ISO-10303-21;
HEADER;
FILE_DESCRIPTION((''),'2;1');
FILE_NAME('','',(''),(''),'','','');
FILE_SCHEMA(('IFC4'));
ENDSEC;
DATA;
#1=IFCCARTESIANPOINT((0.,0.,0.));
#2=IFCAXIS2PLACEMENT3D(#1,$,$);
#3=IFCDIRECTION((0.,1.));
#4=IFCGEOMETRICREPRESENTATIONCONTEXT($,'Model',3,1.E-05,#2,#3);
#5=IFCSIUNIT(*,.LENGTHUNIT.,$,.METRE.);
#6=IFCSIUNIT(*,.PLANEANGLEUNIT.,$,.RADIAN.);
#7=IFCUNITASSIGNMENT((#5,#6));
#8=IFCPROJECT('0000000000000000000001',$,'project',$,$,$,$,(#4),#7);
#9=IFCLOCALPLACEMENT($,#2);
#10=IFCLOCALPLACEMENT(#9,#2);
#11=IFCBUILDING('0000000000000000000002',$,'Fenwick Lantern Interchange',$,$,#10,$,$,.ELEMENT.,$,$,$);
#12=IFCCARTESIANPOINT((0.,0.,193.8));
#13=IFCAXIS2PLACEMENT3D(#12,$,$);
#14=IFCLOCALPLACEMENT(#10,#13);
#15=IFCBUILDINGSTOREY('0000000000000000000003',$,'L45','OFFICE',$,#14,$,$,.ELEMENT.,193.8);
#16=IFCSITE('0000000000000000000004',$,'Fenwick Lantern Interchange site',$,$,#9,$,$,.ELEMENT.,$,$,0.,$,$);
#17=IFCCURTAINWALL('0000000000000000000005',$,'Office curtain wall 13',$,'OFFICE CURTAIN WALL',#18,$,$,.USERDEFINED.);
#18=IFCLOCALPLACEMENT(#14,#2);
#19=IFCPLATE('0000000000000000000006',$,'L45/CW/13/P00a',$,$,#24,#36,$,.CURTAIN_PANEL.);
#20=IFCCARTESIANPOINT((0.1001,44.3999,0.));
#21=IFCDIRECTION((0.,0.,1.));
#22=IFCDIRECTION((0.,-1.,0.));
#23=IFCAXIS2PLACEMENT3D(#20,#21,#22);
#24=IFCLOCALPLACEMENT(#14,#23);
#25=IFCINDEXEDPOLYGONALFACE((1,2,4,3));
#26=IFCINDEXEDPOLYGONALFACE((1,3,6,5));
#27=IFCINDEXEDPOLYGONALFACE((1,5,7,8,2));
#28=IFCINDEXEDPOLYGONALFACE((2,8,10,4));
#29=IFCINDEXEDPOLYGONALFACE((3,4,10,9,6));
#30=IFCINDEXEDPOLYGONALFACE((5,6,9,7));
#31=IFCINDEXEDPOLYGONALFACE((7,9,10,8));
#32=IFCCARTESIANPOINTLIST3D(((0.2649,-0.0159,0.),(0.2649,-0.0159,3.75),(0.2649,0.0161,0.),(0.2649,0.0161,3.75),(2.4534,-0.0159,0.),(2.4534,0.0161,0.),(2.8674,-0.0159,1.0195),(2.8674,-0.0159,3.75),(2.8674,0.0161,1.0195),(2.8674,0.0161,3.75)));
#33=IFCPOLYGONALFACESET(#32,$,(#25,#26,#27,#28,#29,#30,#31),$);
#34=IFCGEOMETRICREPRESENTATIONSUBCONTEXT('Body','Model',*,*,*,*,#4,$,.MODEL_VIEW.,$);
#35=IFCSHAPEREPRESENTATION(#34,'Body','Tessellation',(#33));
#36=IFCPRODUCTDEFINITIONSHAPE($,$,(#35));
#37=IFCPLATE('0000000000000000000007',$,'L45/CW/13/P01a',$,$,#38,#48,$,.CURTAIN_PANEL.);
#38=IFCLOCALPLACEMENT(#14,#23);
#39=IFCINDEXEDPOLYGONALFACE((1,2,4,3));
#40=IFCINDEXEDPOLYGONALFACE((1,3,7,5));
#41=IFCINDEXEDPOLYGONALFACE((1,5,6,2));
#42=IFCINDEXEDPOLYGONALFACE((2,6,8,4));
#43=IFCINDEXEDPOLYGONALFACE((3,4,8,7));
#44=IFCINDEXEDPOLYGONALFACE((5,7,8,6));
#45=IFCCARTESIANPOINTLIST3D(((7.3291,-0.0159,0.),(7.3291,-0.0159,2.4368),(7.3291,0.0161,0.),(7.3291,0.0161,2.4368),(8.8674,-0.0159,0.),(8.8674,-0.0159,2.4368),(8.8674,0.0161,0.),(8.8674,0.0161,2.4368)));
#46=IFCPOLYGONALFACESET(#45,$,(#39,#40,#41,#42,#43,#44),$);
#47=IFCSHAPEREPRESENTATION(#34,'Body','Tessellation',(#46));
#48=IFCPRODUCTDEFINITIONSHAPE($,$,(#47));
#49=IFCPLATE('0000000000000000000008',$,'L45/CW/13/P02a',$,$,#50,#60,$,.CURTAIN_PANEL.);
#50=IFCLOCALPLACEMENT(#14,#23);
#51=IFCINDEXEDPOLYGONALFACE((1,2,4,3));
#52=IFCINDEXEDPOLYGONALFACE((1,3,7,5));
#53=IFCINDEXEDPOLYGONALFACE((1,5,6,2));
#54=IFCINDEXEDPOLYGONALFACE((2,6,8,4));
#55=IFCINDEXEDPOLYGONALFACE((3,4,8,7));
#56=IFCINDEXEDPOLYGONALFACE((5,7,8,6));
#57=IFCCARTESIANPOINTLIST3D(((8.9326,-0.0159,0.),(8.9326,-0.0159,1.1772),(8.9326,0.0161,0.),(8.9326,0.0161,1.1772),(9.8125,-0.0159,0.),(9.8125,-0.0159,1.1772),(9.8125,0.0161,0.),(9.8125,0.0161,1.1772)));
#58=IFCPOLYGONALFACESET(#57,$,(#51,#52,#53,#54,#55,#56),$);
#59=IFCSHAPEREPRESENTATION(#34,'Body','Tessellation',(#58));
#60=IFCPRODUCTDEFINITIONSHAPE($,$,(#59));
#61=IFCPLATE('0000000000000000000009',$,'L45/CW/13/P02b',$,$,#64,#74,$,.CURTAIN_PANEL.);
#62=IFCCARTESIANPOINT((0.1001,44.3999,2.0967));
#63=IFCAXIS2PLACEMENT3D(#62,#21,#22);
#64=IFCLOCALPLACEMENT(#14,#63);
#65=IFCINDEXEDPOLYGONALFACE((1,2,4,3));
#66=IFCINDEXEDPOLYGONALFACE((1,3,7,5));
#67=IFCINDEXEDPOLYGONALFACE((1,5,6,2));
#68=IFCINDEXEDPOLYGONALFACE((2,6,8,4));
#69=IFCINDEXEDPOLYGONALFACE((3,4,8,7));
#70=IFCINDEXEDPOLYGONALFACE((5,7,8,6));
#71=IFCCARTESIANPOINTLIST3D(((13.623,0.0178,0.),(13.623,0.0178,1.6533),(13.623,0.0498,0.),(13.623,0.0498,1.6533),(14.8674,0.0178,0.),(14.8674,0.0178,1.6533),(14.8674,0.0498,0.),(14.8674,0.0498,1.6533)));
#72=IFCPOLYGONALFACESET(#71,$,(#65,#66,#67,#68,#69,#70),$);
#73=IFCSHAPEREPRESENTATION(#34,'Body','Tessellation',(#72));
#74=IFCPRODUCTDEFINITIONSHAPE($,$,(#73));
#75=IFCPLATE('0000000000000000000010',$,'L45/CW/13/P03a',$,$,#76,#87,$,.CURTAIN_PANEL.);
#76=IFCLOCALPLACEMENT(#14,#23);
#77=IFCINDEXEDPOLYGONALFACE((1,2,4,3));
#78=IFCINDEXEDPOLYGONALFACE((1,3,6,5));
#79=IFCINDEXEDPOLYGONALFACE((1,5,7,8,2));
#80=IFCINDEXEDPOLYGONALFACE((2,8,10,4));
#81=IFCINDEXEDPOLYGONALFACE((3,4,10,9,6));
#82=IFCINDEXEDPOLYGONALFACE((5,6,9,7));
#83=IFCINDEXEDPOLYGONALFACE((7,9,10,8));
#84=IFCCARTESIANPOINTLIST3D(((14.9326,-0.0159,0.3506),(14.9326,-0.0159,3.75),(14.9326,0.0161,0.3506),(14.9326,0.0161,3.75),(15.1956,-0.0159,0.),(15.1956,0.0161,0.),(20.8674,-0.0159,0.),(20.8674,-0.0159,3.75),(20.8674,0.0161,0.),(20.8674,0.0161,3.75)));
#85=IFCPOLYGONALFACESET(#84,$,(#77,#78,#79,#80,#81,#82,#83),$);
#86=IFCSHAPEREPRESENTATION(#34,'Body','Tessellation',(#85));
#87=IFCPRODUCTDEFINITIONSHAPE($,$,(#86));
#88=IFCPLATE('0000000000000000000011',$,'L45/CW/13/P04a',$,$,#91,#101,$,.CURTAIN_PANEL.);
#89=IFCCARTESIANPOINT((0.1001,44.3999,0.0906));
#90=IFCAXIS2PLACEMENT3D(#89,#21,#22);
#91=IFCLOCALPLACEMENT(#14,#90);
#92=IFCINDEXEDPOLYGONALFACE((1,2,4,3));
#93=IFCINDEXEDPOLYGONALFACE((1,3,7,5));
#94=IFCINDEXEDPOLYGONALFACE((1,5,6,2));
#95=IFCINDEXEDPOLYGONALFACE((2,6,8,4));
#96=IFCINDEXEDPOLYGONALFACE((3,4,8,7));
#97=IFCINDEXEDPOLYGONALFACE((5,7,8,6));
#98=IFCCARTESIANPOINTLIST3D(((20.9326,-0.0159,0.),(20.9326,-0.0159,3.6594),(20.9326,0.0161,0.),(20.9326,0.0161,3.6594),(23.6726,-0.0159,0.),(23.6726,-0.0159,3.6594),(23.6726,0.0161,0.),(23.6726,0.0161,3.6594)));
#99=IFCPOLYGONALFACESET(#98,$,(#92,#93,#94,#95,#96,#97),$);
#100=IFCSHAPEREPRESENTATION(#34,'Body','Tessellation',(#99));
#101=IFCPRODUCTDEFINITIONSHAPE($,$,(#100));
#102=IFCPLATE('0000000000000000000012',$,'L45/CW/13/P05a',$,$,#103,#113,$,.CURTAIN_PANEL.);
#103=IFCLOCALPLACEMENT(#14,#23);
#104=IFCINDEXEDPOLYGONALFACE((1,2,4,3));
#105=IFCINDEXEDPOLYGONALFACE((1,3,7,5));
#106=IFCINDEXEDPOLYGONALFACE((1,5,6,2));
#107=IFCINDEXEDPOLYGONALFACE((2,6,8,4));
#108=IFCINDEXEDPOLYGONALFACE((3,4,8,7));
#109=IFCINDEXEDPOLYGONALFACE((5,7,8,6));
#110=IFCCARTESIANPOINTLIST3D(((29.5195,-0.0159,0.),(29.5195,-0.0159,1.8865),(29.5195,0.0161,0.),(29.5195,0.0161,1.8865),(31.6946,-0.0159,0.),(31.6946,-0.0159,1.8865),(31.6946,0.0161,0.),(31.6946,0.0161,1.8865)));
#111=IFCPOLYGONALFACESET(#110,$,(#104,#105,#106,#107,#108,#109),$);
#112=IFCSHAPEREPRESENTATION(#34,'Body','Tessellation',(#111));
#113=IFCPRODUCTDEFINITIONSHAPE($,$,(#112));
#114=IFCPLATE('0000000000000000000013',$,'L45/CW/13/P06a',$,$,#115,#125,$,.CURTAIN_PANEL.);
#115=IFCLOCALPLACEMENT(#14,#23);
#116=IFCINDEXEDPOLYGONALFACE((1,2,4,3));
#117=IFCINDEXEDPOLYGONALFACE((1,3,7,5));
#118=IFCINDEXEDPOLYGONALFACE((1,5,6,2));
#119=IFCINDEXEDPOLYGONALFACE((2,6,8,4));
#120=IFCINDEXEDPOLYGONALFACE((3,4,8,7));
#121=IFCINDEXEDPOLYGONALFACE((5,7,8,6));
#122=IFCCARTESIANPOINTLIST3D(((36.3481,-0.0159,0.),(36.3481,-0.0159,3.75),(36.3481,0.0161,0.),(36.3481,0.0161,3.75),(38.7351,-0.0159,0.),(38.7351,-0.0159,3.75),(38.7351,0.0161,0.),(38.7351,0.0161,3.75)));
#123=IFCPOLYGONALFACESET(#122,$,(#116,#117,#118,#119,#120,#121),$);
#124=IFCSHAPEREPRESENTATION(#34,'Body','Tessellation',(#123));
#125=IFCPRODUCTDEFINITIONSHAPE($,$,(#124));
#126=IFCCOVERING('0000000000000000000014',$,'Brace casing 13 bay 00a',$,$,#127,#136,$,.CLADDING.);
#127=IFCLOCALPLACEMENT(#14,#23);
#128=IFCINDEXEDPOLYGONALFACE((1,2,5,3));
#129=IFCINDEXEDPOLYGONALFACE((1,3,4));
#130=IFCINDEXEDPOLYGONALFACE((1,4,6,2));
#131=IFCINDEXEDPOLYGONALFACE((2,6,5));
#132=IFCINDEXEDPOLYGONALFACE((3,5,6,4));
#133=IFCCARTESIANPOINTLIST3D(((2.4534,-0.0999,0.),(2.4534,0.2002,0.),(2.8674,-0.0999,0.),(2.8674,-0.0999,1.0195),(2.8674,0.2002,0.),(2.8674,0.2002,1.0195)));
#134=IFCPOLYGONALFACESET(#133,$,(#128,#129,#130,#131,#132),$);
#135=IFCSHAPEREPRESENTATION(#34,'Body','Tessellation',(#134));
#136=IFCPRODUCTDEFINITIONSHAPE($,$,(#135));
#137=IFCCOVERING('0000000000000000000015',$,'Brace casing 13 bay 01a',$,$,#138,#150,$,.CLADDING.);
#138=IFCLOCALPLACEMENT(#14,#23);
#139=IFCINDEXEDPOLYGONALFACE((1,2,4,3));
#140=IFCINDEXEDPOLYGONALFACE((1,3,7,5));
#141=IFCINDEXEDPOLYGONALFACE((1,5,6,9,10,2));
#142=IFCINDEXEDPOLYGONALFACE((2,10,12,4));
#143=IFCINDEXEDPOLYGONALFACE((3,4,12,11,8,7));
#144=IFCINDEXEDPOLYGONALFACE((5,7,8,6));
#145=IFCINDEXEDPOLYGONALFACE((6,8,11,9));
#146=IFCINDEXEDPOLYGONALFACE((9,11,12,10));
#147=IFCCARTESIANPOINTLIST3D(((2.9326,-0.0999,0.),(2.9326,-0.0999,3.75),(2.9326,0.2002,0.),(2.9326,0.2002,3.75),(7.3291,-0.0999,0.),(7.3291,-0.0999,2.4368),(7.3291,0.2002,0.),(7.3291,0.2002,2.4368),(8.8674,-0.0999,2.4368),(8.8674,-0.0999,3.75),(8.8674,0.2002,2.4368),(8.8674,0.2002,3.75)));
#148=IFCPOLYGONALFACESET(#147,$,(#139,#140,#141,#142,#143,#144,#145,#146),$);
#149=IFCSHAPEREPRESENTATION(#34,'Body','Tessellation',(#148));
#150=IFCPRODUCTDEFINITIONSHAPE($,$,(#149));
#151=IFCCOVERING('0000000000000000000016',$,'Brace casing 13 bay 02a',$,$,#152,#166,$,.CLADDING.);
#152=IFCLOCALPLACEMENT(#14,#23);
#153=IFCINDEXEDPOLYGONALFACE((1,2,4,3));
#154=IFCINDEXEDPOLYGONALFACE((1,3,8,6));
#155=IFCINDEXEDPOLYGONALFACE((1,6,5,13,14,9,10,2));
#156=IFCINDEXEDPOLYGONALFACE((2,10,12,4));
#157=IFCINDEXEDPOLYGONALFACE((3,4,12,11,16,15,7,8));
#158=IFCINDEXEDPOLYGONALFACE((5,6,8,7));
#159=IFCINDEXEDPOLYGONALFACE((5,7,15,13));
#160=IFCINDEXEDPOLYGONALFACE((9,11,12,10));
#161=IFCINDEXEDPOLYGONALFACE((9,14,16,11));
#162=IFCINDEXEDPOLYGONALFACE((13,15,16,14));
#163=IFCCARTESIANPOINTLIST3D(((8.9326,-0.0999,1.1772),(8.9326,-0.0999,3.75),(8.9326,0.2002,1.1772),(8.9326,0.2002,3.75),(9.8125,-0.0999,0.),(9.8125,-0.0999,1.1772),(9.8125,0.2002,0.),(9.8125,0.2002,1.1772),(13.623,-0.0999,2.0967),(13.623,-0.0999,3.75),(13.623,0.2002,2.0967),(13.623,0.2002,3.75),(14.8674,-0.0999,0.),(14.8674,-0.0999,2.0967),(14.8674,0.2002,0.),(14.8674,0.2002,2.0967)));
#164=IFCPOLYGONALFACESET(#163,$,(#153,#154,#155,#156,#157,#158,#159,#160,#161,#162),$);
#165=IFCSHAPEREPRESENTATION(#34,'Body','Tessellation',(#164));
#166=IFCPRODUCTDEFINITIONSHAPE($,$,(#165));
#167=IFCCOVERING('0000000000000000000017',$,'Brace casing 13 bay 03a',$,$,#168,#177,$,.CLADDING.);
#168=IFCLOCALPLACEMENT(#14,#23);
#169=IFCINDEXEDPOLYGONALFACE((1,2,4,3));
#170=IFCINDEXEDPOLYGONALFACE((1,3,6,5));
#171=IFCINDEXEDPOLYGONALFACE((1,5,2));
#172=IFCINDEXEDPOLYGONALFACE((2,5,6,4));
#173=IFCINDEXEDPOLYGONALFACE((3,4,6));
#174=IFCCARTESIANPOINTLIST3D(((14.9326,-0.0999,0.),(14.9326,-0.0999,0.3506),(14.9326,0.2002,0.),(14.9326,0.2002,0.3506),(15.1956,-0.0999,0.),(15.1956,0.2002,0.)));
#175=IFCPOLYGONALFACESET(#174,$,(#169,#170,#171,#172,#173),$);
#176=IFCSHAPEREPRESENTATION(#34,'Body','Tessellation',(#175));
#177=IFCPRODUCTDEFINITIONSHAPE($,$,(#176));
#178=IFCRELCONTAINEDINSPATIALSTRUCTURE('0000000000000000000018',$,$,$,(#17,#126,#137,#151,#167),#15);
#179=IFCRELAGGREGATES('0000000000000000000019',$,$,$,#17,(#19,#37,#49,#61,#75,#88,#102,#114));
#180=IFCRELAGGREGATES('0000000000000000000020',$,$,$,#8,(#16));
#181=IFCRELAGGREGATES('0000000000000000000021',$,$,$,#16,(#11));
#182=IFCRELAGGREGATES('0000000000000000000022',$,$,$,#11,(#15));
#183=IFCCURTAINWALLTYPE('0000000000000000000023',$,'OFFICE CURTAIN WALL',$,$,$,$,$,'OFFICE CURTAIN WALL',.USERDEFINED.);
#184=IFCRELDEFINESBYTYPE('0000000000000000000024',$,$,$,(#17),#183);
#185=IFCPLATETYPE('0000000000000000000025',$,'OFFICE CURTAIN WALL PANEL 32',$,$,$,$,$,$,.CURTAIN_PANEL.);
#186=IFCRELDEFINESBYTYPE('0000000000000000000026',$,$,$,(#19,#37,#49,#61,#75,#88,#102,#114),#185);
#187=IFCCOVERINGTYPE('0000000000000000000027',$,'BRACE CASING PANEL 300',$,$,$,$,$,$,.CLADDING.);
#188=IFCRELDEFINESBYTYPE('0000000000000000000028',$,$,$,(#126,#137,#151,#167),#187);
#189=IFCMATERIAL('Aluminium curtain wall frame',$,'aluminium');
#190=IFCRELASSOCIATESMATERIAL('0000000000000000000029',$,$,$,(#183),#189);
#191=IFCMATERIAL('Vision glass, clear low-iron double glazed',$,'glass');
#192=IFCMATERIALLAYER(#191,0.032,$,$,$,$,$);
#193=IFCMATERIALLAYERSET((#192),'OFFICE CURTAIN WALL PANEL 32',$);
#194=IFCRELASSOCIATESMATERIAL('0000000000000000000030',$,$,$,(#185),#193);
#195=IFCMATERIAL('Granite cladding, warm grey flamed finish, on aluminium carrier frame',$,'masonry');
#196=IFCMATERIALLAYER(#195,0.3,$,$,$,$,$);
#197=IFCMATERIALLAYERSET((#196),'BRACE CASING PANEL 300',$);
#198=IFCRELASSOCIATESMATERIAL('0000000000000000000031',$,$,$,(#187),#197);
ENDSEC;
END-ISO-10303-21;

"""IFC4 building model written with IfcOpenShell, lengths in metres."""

from ifc_helpers import new_model, si_unit, direction, frame, origin, place, context, subcontext, project, spatial, polyline, outline, extrude, material, layer, layer_set, type_object, element, aggregate, save


model = new_model("IFC4")

# Units and contexts
model_context = context("Model", 3, precision=1e-05, world=origin(), true_north=direction((0.0, 1.0)))
body_context = subcontext(model_context, "Body", "Model", "MODEL_VIEW")
ifc_project = project(units=[si_unit("LENGTHUNIT", "METRE"), si_unit("PLANEANGLEUNIT", "RADIAN")], contexts=[model_context])

# Site, building, storey
site_placement = place(None, origin())
site = spatial("IfcSite", under=ifc_project, at=site_placement, Name="Fenwick Lantern Interchange site", CompositionType="ELEMENT", RefElevation=0.0)
building_placement = place(site_placement, origin())
building = spatial("IfcBuilding", under=site, at=building_placement, Name="Fenwick Lantern Interchange", CompositionType="ELEMENT")
storey_placement = place(building_placement, frame((0.0, 0.0, 193.8)))
storey = spatial("IfcBuildingStorey", under=building, at=storey_placement, Name="L45", Description="OFFICE", CompositionType="ELEMENT", Elevation=193.8)

# Shared definitions
ifc_material_1 = material(Name="Aluminium curtain wall frame", Category="aluminium")
curtain_wall_type = type_object("IfcCurtainWallType", Name="OFFICE CURTAIN WALL", ElementType="OFFICE CURTAIN WALL", PredefinedType="USERDEFINED", material=ifc_material_1)

# Curtain wall
curtain_wall_1_placement = place(storey_placement, origin())
curtain_wall_1 = element("IfcCurtainWall", 1, at=curtain_wall_1_placement, inside=storey, type_object=curtain_wall_type, Name="Office curtain wall 13", ObjectType="OFFICE CURTAIN WALL", PredefinedType="USERDEFINED")

# Plates
ifc_material_2 = material(Name="Vision glass, clear low-iron double glazed", Category="glass")
ifc_layer_1 = layer(ifc_material_2, 0.032)
ifc_layer_set_1 = layer_set([ifc_layer_1], Name="OFFICE CURTAIN WALL PANEL 32")
plate_type = type_object("IfcPlateType", Name="OFFICE CURTAIN WALL PANEL 32", PredefinedType="CURTAIN_PANEL", material=ifc_layer_set_1)
plate_1_placement = place(storey_placement, frame((0.1001, 44.3999, 0.0), z_axis=(0.0, 0.0, 1.0), x_axis=(0.0, -1.0, 0.0)))
plate_1 = element("IfcPlate", 2, at=plate_1_placement, type_object=plate_type, Name="L45/CW/13/P00a", PredefinedType="CURTAIN_PANEL", context=body_context, shape_type="SweptSolid", body=[
    extrude(outline(polyline([(0.2649, 0.0), (2.4534, 0.0), (2.8674, 1.0195), (2.8674, 3.75), (0.2649, 3.75), (0.2649, 0.0)])), frame((0.0, 0.0161, 0.0), z_axis=(0.0, -1.0, 0.0), x_axis=(1.0, 0.0, 0.0)), (0.0, 0.0, 1.0), 0.032),
])
plate_2_placement = place(storey_placement, frame((0.1001, 44.3999, 0.0), z_axis=(0.0, 0.0, 1.0), x_axis=(0.0, -1.0, 0.0)))
plate_2 = element("IfcPlate", 3, at=plate_2_placement, type_object=plate_type, Name="L45/CW/13/P01a", PredefinedType="CURTAIN_PANEL", context=body_context, shape_type="SweptSolid", body=[
    extrude(outline(polyline([(7.3291, 0.0), (8.8674, 0.0), (8.8674, 2.4368), (7.3291, 2.4368), (7.3291, 0.0)])), frame((0.0, 0.0161, 0.0), z_axis=(0.0, -1.0, 0.0), x_axis=(1.0, 0.0, 0.0)), (0.0, 0.0, 1.0), 0.032),
])
plate_3_placement = place(storey_placement, frame((0.1001, 44.3999, 0.0), z_axis=(0.0, 0.0, 1.0), x_axis=(0.0, -1.0, 0.0)))
plate_3 = element("IfcPlate", 4, at=plate_3_placement, type_object=plate_type, Name="L45/CW/13/P02a", PredefinedType="CURTAIN_PANEL", context=body_context, shape_type="SweptSolid", body=[
    extrude(outline(polyline([(8.9326, 0.0), (9.8125, 0.0), (9.8125, 1.1772), (8.9326, 1.1772), (8.9326, 0.0)])), frame((0.0, 0.0161, 0.0), z_axis=(0.0, -1.0, 0.0), x_axis=(1.0, 0.0, 0.0)), (0.0, 0.0, 1.0), 0.032),
])
plate_4_placement = place(storey_placement, frame((0.1001, 44.3999, 2.0967), z_axis=(0.0, 0.0, 1.0), x_axis=(0.0, -1.0, 0.0)))
plate_4 = element("IfcPlate", 5, at=plate_4_placement, type_object=plate_type, Name="L45/CW/13/P02b", PredefinedType="CURTAIN_PANEL", context=body_context, shape_type="SweptSolid", body=[
    extrude(outline(polyline([(13.623, 0.0), (14.8674, 0.0), (14.8674, 1.6533), (13.623, 1.6533), (13.623, 0.0)])), frame((0.0, 0.0498, 0.0), z_axis=(0.0, -1.0, 0.0), x_axis=(1.0, 0.0, 0.0)), (0.0, 0.0, 1.0), 0.032),
])
plate_5_placement = place(storey_placement, frame((0.1001, 44.3999, 0.0), z_axis=(0.0, 0.0, 1.0), x_axis=(0.0, -1.0, 0.0)))
plate_5 = element("IfcPlate", 6, at=plate_5_placement, type_object=plate_type, Name="L45/CW/13/P03a", PredefinedType="CURTAIN_PANEL", context=body_context, shape_type="SweptSolid", body=[
    extrude(outline(polyline([(15.1956, 0.0), (20.8674, 0.0), (20.8674, 3.75), (14.9326, 3.75), (14.9326, 0.3506), (15.1956, 0.0)])), frame((0.0, 0.0161, 0.0), z_axis=(0.0, -1.0, 0.0), x_axis=(1.0, 0.0, 0.0)), (0.0, 0.0, 1.0), 0.032),
])
plate_6_placement = place(storey_placement, frame((0.1001, 44.3999, 0.0906), z_axis=(0.0, 0.0, 1.0), x_axis=(0.0, -1.0, 0.0)))
plate_6 = element("IfcPlate", 7, at=plate_6_placement, type_object=plate_type, Name="L45/CW/13/P04a", PredefinedType="CURTAIN_PANEL", context=body_context, shape_type="SweptSolid", body=[
    extrude(outline(polyline([(20.9326, 0.0), (23.6726, 0.0), (23.6726, 3.6594), (20.9326, 3.6594), (20.9326, 0.0)])), frame((0.0, 0.0161, 0.0), z_axis=(0.0, -1.0, 0.0), x_axis=(1.0, 0.0, 0.0)), (0.0, 0.0, 1.0), 0.032),
])
plate_7_placement = place(storey_placement, frame((0.1001, 44.3999, 0.0), z_axis=(0.0, 0.0, 1.0), x_axis=(0.0, -1.0, 0.0)))
plate_7 = element("IfcPlate", 8, at=plate_7_placement, type_object=plate_type, Name="L45/CW/13/P05a", PredefinedType="CURTAIN_PANEL", context=body_context, shape_type="SweptSolid", body=[
    extrude(outline(polyline([(29.5195, 0.0), (31.6946, 0.0), (31.6946, 1.8865), (29.5195, 1.8865), (29.5195, 0.0)])), frame((0.0, 0.0161, 0.0), z_axis=(0.0, -1.0, 0.0), x_axis=(1.0, 0.0, 0.0)), (0.0, 0.0, 1.0), 0.032),
])
plate_8_placement = place(storey_placement, frame((0.1001, 44.3999, 0.0), z_axis=(0.0, 0.0, 1.0), x_axis=(0.0, -1.0, 0.0)))
plate_8 = element("IfcPlate", 9, at=plate_8_placement, type_object=plate_type, Name="L45/CW/13/P06a", PredefinedType="CURTAIN_PANEL", context=body_context, shape_type="SweptSolid", body=[
    extrude(outline(polyline([(36.3481, 0.0), (38.7351, 0.0), (38.7351, 3.75), (36.3481, 3.75), (36.3481, 0.0)])), frame((0.0, 0.0161, 0.0), z_axis=(0.0, -1.0, 0.0), x_axis=(1.0, 0.0, 0.0)), (0.0, 0.0, 1.0), 0.032),
])
aggregate(curtain_wall_1, [plate_1, plate_2, plate_3, plate_4, plate_5, plate_6, plate_7, plate_8])

# Coverings
ifc_material_3 = material(Name="Granite cladding, warm grey flamed finish, on aluminium carrier frame", Category="masonry")
ifc_layer_2 = layer(ifc_material_3, 0.3)
ifc_layer_set_2 = layer_set([ifc_layer_2], Name="BRACE CASING PANEL 300")
covering_type = type_object("IfcCoveringType", Name="BRACE CASING PANEL 300", PredefinedType="CLADDING", material=ifc_layer_set_2)
covering_1_placement = place(storey_placement, frame((0.1001, 44.3999, 0.0), z_axis=(0.0, 0.0, 1.0), x_axis=(0.0, -1.0, 0.0)))
element("IfcCovering", 10, at=covering_1_placement, inside=storey, type_object=covering_type, Name="Brace casing 13 bay 00a", PredefinedType="CLADDING", context=body_context, shape_type="SweptSolid", body=[
    extrude(outline(polyline([(2.4534, 0.0), (2.8674, 0.0), (2.8674, 1.0195), (2.4534, 0.0)])), frame((0.0, 0.2002, 0.0), z_axis=(0.0, -1.0, 0.0), x_axis=(1.0, 0.0, 0.0)), (0.0, 0.0, 1.0), 0.3),
])
covering_2_placement = place(storey_placement, frame((0.1001, 44.3999, 0.0), z_axis=(0.0, 0.0, 1.0), x_axis=(0.0, -1.0, 0.0)))
element("IfcCovering", 11, at=covering_2_placement, inside=storey, type_object=covering_type, Name="Brace casing 13 bay 01a", PredefinedType="CLADDING", context=body_context, shape_type="SweptSolid", body=[
    extrude(outline(polyline([(2.9326, 0.0), (7.3291, 0.0), (7.3291, 2.4368), (8.8674, 2.4368), (8.8674, 3.75), (2.9326, 3.75), (2.9326, 0.0)])), frame((0.0, 0.2002, 0.0), z_axis=(0.0, -1.0, 0.0), x_axis=(1.0, 0.0, 0.0)), (0.0, 0.0, 1.0), 0.3),
])
covering_3_placement = place(storey_placement, frame((0.1001, 44.3999, 0.0), z_axis=(0.0, 0.0, 1.0), x_axis=(0.0, -1.0, 0.0)))
element("IfcCovering", 12, at=covering_3_placement, inside=storey, type_object=covering_type, Name="Brace casing 13 bay 02a", PredefinedType="CLADDING", context=body_context, shape_type="SweptSolid", body=[
    extrude(outline(polyline([(9.8125, 0.0), (14.8674, 0.0), (14.8674, 2.0967), (13.623, 2.0967), (13.623, 3.75), (8.9326, 3.75), (8.9326, 1.1772), (9.8125, 1.1772), (9.8125, 0.0)])), frame((0.0, 0.2002, 0.0), z_axis=(0.0, -1.0, 0.0), x_axis=(1.0, 0.0, 0.0)), (0.0, 0.0, 1.0), 0.3),
])
covering_4_placement = place(storey_placement, frame((0.1001, 44.3999, 0.0), z_axis=(0.0, 0.0, 1.0), x_axis=(0.0, -1.0, 0.0)))
element("IfcCovering", 13, at=covering_4_placement, inside=storey, type_object=covering_type, Name="Brace casing 13 bay 03a", PredefinedType="CLADDING", context=body_context, shape_type="SweptSolid", body=[
    extrude(outline(polyline([(14.9326, 0.0), (15.1956, 0.0), (14.9326, 0.3506), (14.9326, 0.0)])), frame((0.0, 0.2002, 0.0), z_axis=(0.0, -1.0, 0.0), x_axis=(1.0, 0.0, 0.0)), (0.0, 0.0, 1.0), 0.3),
])

save(model, "model.ifc")
